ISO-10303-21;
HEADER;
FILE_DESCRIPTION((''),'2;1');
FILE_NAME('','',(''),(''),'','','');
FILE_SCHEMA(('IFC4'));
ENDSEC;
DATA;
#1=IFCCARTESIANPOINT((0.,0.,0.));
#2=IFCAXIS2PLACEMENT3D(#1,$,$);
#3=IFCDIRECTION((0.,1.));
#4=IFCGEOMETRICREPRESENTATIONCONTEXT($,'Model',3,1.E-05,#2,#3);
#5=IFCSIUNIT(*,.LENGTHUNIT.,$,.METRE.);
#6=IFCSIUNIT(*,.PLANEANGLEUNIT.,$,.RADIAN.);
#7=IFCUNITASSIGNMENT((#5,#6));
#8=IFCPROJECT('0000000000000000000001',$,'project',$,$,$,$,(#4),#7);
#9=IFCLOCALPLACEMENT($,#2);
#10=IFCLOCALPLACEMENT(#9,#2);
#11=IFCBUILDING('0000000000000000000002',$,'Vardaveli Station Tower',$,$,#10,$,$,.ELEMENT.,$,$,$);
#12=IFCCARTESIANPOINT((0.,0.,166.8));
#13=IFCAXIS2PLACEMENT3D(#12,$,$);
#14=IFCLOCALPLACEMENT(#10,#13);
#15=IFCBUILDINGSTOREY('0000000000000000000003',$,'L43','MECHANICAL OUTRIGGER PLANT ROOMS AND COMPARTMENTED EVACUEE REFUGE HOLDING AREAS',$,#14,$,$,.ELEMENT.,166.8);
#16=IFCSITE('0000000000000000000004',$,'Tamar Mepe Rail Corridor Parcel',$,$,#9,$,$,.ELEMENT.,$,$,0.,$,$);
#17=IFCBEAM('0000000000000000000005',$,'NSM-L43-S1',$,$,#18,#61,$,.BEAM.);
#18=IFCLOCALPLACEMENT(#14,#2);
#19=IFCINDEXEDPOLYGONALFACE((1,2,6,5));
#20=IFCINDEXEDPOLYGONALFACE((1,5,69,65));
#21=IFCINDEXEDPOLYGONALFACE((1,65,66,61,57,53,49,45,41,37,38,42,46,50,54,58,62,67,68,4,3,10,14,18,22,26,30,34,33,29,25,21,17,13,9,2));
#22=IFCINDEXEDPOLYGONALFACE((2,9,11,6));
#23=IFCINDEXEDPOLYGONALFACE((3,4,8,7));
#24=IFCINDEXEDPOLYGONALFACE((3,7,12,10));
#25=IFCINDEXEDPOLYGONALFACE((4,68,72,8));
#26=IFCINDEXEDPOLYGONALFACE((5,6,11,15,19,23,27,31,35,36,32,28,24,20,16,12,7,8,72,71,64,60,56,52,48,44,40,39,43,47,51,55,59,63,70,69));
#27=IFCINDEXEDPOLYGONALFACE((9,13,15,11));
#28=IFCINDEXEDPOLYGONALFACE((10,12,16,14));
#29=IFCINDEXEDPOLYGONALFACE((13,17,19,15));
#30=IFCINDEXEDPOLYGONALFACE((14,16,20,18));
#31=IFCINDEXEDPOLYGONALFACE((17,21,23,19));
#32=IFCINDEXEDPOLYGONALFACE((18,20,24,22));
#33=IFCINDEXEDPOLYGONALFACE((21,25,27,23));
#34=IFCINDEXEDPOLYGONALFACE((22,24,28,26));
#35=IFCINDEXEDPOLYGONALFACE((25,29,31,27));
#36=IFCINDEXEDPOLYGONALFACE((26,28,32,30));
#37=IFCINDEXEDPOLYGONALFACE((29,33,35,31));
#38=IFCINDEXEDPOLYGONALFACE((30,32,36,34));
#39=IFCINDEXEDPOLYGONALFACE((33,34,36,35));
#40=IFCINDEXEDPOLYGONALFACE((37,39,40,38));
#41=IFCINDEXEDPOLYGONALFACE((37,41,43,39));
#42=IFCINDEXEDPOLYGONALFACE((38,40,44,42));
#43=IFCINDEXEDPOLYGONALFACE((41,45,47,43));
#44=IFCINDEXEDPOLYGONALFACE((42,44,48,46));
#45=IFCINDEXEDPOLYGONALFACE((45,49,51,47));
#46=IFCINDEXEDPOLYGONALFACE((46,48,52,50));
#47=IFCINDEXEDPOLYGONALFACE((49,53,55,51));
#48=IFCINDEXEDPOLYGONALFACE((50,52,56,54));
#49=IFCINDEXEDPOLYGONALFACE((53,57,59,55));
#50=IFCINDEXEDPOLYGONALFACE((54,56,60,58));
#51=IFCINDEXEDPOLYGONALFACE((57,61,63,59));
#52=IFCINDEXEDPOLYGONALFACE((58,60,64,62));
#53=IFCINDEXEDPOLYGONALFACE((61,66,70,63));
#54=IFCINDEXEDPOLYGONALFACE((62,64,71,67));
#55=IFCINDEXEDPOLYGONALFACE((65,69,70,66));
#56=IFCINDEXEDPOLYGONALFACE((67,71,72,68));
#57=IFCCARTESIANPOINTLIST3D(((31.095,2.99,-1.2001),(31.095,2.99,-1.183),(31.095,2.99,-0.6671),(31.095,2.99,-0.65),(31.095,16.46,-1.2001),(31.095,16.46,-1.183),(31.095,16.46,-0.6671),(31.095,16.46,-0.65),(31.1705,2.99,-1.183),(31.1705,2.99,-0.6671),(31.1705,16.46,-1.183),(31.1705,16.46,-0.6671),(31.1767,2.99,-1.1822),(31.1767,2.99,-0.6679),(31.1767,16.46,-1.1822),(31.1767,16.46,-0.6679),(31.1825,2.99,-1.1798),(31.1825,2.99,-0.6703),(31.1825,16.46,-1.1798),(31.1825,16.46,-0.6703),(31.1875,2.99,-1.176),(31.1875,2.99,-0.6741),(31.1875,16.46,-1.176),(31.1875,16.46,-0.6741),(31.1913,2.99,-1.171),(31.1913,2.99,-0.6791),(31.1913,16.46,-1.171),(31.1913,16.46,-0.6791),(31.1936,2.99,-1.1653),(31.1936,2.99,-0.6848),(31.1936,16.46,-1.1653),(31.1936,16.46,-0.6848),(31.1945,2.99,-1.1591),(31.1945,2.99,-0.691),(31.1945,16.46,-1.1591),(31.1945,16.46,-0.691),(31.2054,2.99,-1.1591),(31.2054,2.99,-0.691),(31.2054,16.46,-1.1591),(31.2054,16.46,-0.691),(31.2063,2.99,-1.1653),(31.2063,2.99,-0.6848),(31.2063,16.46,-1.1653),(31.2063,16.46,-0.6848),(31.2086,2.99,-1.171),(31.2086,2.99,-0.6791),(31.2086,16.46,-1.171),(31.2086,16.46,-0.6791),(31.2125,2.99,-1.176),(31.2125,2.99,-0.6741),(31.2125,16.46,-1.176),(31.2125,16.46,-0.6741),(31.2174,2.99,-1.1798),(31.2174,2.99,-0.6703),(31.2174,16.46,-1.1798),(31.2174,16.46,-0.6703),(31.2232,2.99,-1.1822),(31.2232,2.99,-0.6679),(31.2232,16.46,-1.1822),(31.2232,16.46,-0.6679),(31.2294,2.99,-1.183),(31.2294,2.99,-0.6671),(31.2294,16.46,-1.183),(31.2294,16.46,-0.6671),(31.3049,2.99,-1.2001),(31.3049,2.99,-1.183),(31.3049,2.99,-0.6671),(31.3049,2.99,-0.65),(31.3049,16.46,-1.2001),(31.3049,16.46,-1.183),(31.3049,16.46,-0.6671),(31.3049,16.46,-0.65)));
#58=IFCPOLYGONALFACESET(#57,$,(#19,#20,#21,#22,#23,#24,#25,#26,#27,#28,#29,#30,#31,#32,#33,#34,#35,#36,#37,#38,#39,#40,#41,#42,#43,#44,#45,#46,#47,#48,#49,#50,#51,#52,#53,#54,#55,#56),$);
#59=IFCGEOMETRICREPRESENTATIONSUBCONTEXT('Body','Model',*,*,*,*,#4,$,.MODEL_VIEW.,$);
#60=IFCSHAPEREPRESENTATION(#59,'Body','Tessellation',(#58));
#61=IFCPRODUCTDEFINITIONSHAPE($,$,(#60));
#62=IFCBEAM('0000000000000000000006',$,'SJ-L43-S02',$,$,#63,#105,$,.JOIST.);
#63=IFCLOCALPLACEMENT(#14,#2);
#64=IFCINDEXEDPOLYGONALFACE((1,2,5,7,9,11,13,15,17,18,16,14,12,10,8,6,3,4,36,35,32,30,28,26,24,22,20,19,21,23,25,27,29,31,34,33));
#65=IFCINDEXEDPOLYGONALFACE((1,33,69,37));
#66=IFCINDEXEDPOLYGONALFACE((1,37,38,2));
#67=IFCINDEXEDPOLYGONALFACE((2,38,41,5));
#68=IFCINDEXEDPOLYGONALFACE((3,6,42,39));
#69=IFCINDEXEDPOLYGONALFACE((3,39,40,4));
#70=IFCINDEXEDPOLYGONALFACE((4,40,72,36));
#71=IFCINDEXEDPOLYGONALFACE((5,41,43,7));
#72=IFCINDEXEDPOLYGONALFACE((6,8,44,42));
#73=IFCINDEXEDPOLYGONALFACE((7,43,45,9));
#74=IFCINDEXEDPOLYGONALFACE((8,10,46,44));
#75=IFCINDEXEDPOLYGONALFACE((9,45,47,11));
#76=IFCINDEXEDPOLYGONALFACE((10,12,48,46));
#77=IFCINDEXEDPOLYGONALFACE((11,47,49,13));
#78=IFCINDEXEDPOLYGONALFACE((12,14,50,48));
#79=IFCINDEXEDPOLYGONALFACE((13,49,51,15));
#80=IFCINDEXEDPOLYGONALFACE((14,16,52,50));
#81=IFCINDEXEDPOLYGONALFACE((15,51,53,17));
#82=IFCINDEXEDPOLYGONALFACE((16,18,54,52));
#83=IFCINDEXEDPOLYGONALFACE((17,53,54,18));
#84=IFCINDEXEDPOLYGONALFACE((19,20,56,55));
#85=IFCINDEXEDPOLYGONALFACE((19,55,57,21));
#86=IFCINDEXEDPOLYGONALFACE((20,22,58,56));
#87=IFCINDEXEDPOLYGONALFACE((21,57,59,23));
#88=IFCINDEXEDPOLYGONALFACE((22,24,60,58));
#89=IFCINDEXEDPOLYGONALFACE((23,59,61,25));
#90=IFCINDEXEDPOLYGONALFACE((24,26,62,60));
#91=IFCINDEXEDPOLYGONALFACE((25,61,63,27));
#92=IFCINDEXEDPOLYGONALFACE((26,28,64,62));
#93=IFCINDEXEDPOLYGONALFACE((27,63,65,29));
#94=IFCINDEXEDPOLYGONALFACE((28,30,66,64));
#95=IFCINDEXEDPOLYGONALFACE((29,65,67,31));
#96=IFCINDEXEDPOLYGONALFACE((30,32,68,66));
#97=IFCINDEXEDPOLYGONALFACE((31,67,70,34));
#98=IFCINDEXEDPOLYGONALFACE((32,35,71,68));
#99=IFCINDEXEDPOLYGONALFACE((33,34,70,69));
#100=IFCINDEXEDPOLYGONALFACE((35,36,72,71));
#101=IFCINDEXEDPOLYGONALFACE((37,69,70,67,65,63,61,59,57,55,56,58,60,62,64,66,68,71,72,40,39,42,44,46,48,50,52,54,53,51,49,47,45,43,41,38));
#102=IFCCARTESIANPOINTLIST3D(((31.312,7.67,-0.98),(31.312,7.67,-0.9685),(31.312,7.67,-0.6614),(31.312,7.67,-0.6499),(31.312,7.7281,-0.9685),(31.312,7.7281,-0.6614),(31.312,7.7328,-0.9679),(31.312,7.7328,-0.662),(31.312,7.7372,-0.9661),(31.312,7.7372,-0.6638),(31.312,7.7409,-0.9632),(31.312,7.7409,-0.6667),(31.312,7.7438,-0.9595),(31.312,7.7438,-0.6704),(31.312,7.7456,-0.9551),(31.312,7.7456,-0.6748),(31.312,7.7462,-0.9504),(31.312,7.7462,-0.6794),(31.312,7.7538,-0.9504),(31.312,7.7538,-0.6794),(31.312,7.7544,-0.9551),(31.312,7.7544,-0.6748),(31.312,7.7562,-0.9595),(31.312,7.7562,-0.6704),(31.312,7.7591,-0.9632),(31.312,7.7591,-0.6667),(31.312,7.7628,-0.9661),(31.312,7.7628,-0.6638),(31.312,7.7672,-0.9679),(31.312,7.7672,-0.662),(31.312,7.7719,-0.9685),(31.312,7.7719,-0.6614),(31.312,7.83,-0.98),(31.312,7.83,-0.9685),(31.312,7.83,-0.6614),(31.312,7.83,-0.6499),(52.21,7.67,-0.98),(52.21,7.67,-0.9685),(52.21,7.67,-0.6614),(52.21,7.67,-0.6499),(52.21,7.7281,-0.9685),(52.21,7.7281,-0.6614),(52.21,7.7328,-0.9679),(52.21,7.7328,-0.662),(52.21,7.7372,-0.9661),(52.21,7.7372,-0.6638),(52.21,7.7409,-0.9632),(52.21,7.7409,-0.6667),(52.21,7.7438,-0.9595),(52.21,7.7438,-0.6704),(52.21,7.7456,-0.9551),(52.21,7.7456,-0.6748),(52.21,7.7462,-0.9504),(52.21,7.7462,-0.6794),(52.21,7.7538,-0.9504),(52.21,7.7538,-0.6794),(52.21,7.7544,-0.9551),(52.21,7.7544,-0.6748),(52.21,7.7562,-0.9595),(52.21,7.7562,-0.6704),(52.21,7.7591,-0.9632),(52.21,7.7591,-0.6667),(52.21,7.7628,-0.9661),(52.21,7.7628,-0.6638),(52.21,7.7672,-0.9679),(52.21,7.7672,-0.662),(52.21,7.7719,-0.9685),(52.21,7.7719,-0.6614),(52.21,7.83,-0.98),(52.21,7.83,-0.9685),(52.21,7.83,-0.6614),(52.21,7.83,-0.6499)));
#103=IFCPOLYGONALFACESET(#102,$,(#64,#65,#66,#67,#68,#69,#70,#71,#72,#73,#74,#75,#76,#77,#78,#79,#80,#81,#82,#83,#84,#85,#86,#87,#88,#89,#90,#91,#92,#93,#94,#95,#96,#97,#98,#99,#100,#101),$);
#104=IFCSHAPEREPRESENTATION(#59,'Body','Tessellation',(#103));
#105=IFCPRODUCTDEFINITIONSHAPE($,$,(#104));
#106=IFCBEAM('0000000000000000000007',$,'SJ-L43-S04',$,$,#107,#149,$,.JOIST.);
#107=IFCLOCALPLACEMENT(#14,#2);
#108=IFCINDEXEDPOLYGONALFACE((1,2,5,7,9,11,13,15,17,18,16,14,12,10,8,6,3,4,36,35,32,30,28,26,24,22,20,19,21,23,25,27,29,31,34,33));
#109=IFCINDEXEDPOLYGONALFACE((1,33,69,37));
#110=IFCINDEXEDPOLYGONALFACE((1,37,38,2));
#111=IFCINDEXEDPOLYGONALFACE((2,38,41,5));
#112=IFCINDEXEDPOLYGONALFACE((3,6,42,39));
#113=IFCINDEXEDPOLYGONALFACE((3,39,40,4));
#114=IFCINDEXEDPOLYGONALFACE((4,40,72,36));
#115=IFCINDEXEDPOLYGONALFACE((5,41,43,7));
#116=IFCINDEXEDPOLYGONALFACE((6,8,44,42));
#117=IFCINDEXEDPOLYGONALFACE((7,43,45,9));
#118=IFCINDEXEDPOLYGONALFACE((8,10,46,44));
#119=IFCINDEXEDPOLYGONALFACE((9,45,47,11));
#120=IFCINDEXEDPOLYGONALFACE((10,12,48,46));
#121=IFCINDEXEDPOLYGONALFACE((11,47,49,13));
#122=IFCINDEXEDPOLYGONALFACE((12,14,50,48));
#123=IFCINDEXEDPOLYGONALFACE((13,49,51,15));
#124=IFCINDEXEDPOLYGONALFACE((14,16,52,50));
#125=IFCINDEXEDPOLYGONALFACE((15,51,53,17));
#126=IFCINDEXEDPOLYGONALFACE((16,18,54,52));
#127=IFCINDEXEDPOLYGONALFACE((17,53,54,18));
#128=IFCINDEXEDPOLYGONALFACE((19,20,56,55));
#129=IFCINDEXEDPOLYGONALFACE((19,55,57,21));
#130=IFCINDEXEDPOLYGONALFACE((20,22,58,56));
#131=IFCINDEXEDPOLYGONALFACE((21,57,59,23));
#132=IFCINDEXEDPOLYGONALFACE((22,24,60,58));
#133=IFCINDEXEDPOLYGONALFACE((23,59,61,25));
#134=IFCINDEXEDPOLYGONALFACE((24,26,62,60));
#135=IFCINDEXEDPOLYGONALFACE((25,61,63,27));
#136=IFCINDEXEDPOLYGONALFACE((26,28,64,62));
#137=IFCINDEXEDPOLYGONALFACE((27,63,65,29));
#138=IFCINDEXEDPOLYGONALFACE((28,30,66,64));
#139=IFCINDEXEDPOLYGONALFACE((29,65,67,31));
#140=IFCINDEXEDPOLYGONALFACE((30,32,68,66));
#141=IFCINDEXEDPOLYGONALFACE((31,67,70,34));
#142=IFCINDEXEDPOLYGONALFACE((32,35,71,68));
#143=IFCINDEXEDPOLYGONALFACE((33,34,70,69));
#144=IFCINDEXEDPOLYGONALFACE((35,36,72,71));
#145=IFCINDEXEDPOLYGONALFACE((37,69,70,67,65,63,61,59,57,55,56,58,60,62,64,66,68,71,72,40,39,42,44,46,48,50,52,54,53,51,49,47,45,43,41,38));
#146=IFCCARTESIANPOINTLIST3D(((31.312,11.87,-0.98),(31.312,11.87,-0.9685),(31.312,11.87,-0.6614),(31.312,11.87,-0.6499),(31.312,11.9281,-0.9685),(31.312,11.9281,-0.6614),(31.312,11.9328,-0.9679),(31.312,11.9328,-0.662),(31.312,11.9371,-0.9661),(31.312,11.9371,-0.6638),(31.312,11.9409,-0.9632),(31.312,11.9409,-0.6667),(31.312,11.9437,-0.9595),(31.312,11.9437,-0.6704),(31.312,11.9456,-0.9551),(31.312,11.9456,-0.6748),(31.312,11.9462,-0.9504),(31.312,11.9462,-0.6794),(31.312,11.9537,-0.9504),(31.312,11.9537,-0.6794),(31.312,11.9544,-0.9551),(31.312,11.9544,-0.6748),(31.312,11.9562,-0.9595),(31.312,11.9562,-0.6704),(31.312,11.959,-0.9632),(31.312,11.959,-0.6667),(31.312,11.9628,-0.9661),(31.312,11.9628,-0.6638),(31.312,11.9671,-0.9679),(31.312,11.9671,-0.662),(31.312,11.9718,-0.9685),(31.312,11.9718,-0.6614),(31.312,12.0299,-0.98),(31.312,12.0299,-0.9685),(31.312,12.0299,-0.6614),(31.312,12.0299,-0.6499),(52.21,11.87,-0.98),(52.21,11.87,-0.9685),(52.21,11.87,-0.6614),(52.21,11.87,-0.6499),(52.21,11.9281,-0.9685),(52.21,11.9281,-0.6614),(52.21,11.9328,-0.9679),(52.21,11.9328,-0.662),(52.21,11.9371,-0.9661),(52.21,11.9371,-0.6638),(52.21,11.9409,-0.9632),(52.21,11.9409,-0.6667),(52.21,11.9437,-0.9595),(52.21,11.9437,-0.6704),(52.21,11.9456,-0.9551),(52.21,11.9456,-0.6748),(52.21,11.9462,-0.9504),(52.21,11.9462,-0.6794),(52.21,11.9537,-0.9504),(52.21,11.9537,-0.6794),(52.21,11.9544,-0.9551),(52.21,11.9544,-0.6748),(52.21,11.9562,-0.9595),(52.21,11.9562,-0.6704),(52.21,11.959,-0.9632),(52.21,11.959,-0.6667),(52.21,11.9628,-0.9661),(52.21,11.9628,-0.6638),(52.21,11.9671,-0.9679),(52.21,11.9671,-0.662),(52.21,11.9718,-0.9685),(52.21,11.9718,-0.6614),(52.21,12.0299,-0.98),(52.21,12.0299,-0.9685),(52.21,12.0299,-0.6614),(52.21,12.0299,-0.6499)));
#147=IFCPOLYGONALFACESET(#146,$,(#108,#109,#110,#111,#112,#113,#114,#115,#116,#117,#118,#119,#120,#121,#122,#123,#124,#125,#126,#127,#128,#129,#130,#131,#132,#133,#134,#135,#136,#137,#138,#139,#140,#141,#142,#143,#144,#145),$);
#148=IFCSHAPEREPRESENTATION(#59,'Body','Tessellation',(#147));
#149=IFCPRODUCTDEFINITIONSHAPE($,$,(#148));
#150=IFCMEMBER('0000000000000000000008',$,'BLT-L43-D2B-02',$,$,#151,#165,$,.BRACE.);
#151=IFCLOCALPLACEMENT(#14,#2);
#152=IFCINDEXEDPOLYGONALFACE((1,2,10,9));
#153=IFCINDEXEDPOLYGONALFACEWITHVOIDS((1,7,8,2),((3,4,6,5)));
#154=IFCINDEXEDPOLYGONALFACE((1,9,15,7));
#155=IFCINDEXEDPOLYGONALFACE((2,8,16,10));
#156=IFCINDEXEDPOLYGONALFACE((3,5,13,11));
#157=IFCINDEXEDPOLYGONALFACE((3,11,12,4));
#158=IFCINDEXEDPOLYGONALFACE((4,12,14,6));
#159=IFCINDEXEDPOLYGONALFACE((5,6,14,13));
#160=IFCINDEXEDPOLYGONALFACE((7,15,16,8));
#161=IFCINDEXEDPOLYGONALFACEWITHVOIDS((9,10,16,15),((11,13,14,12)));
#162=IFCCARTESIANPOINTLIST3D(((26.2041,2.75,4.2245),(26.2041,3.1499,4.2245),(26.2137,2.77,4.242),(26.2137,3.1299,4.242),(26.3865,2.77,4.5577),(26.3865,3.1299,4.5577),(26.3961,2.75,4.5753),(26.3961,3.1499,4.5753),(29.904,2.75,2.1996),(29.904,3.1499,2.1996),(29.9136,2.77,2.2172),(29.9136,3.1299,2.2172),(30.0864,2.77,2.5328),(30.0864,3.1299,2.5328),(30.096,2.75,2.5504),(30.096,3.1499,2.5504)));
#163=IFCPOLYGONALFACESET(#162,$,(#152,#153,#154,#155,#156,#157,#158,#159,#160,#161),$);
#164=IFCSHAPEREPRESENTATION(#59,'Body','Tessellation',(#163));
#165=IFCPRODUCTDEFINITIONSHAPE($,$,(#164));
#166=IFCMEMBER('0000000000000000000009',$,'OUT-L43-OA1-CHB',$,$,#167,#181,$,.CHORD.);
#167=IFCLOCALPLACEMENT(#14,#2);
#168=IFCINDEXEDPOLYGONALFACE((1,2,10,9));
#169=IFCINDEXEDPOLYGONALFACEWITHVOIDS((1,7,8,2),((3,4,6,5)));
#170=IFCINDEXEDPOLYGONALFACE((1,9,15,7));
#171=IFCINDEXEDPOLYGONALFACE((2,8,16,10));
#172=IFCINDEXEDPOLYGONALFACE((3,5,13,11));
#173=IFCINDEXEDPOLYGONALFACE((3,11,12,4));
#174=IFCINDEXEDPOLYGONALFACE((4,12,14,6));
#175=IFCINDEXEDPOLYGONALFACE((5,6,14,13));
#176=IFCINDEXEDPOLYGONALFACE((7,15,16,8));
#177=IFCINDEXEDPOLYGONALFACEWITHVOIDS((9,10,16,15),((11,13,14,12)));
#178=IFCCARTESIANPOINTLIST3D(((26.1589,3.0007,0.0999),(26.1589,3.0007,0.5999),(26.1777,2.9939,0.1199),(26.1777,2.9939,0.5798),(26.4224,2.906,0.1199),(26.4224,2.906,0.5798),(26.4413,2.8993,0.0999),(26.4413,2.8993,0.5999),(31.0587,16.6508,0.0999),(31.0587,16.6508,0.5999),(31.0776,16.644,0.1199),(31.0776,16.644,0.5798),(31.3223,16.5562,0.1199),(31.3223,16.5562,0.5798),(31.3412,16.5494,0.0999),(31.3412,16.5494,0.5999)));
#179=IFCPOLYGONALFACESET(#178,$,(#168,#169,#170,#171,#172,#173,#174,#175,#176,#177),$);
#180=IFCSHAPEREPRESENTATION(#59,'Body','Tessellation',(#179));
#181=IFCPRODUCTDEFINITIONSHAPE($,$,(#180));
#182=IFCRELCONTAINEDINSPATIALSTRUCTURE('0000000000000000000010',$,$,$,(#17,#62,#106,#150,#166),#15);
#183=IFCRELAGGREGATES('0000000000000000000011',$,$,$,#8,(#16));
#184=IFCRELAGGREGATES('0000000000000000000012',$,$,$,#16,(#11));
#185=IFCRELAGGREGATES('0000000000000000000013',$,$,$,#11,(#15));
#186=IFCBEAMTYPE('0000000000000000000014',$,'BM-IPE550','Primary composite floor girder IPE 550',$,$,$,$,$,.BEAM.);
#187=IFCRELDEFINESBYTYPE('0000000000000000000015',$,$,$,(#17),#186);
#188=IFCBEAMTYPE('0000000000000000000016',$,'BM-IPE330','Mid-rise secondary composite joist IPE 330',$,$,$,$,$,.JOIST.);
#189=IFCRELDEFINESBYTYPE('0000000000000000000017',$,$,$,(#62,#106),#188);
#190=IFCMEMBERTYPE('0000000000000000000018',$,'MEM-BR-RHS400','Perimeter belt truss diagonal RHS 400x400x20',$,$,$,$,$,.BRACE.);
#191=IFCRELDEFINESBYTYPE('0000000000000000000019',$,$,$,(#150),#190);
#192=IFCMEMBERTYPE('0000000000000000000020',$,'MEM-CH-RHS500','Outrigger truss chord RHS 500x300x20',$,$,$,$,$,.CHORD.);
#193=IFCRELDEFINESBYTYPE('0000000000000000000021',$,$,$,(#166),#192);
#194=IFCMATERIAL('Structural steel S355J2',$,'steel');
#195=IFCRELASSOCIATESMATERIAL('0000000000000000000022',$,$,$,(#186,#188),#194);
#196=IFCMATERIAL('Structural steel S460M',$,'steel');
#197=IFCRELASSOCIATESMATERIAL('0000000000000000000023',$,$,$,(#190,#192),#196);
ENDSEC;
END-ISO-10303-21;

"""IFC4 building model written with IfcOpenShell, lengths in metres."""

from ifc_helpers import new_model, si_unit, direction, frame, origin, origin_2d, place, context, subcontext, project, spatial, hollow_rectangle, i_section, extrude, source, transform, mapped, material, material_profile, profile_set, type_object, element, save


model = new_model("IFC4")

# Units and contexts
model_context = context("Model", 3, precision=1e-05, world=origin(), true_north=direction((0.0, 1.0)))
body_context = subcontext(model_context, "Body", "Model", "MODEL_VIEW")
ifc_project = project(units=[si_unit("LENGTHUNIT", "METRE"), si_unit("PLANEANGLEUNIT", "RADIAN")], contexts=[model_context])

# Site, building, storey
site_placement = place(None, origin())
site = spatial("IfcSite", under=ifc_project, at=site_placement, Name="Tamar Mepe Rail Corridor Parcel", CompositionType="ELEMENT", RefElevation=0.0)
building_placement = place(site_placement, origin())
building = spatial("IfcBuilding", under=site, at=building_placement, Name="Vardaveli Station Tower", CompositionType="ELEMENT")
storey_placement = place(building_placement, frame((0.0, 0.0, 166.8)))
storey = spatial("IfcBuildingStorey", under=building, at=storey_placement, Name="L43", Description="MECHANICAL OUTRIGGER PLANT ROOMS AND COMPARTMENTED EVACUEE REFUGE HOLDING AREAS", CompositionType="ELEMENT", Elevation=166.8)

# Shared definitions
ifc_material_1 = material(Name="Structural steel S460M", Category="steel")

# Beams
ifc_material_2 = material(Name="Structural steel S355J2", Category="steel")
ifc_material_profile_1 = material_profile(ifc_material_2, i_section(OverallWidth=0.21, OverallDepth=0.55, WebThickness=0.011, FlangeThickness=0.0171, FilletRadius=0.0239, at=origin_2d()), Name="IPE 550")
ifc_profile_set_1 = profile_set([ifc_material_profile_1], Name="Structural steel S355J2")
beam_type_1 = type_object("IfcBeamType", Name="BM-IPE550", Description="Primary composite floor girder IPE 550", PredefinedType="BEAM", material=ifc_profile_set_1)
shared_shape_1 = source(origin(), body_context, "Body", "SweptSolid", [
    extrude(i_section(OverallWidth=0.21, OverallDepth=0.55, WebThickness=0.011, FlangeThickness=0.0171, FilletRadius=0.0239, at=origin_2d()), origin(), (0.0, 0.0, 1.0), 13.47),
])
beam_1_placement = place(storey_placement, frame((31.2, 2.99, -0.925), z_axis=(0.0, 1.0, 0.0), x_axis=(-1.0, 0.0, 0.0)))
element("IfcBeam", 1, at=beam_1_placement, inside=storey, type_object=beam_type_1, Name="NSM-L43-S1", PredefinedType="BEAM", context=body_context, shape_type="MappedRepresentation", body=[
    mapped(shared_shape_1, transform((0.0, 0.0, 0.0), scale=1.0)),
])
ifc_material_profile_2 = material_profile(ifc_material_2, i_section(OverallWidth=0.1599, OverallDepth=0.3301, WebThickness=0.0076, FlangeThickness=0.0115, FilletRadius=0.0181, at=origin_2d()), Name="IPE 330")
ifc_profile_set_2 = profile_set([ifc_material_profile_2], Name="Structural steel S355J2")
beam_type_2 = type_object("IfcBeamType", Name="BM-IPE330", Description="Mid-rise secondary composite joist IPE 330", PredefinedType="JOIST", material=ifc_profile_set_2)
shared_shape_2 = source(origin(), body_context, "Body", "SweptSolid", [
    extrude(i_section(OverallWidth=0.1599, OverallDepth=0.3301, WebThickness=0.0076, FlangeThickness=0.0115, FilletRadius=0.0181, at=origin_2d()), origin(), (0.0, 0.0, 1.0), 20.8979),
])
for number, where, z_axis, x_axis, name in (
    (2, (31.312, 7.75, -0.8149), (1.0, 0.0, 0.0), (0.0, 1.0, 0.0), "SJ-L43-S02"),
    (3, (31.312, 11.95, -0.8149), (1.0, 0.0, 0.0), (0.0, 1.0, 0.0), "SJ-L43-S04"),
):
    element("IfcBeam", number, at=place(storey_placement, frame(where, z_axis=z_axis, x_axis=x_axis)), inside=storey, type_object=beam_type_2, Name=name, PredefinedType="JOIST", context=body_context, shape_type="MappedRepresentation", body=[
        mapped(shared_shape_2, transform((0.0, 0.0, 0.0), scale=1.0)),
    ])

# Members
ifc_material_profile_3 = material_profile(ifc_material_1, hollow_rectangle(XDim=0.3999, YDim=0.3999, WallThickness=0.02, at=origin_2d()), Name="RHS 400x400x20")
ifc_profile_set_3 = profile_set([ifc_material_profile_3], Name="Structural steel S460M")
member_type_1 = type_object("IfcMemberType", Name="MEM-BR-RHS400", Description="Perimeter belt truss diagonal RHS 400x400x20", PredefinedType="BRACE", material=ifc_profile_set_3)
shared_shape_3 = source(origin(), body_context, "Body", "SweptSolid", [
    extrude(hollow_rectangle(XDim=0.3999, YDim=0.3999, WallThickness=0.02, at=origin_2d()), origin(), (0.0, 0.0, 1.0), 4.2178),
])
member_1_placement = place(storey_placement, frame((30.0, 2.95, 2.375), z_axis=(-0.877222, 0.0, 0.480085), x_axis=(0.0, -1.0, 0.0)))
element("IfcMember", 4, at=member_1_placement, inside=storey, type_object=member_type_1, Name="BLT-L43-D2B-02", PredefinedType="BRACE", context=body_context, shape_type="MappedRepresentation", body=[
    mapped(shared_shape_3, transform((0.0, 0.0, 0.0), scale=1.0)),
])
ifc_material_profile_4 = material_profile(ifc_material_1, hollow_rectangle(XDim=0.3, YDim=0.5, WallThickness=0.02, at=origin_2d()), Name="RHS 500x300x20")
ifc_profile_set_4 = profile_set([ifc_material_profile_4], Name="Structural steel S460M")
member_type_2 = type_object("IfcMemberType", Name="MEM-CH-RHS500", Description="Outrigger truss chord RHS 500x300x20", PredefinedType="CHORD", material=ifc_profile_set_4)
shared_shape_4 = source(origin(), body_context, "Body", "SweptSolid", [
    extrude(hollow_rectangle(XDim=0.3, YDim=0.5, WallThickness=0.02, at=origin_2d()), origin(), (0.0, 0.0, 1.0), 14.5029),
])
for number, where, z_axis, x_axis, name in (
    (5, (31.2, 16.6001, 0.3499), (-0.337856, -0.941198, 0.0), (0.941198, -0.337856, 0.0), "OUT-L43-OA1-CHB"),
):
    element("IfcMember", number, at=place(storey_placement, frame(where, z_axis=z_axis, x_axis=x_axis)), inside=storey, type_object=member_type_2, Name=name, PredefinedType="CHORD", context=body_context, shape_type="MappedRepresentation", body=[
        mapped(shared_shape_4, transform((0.0, 0.0, 0.0), scale=1.0)),
    ])

save(model, "model.ifc")
